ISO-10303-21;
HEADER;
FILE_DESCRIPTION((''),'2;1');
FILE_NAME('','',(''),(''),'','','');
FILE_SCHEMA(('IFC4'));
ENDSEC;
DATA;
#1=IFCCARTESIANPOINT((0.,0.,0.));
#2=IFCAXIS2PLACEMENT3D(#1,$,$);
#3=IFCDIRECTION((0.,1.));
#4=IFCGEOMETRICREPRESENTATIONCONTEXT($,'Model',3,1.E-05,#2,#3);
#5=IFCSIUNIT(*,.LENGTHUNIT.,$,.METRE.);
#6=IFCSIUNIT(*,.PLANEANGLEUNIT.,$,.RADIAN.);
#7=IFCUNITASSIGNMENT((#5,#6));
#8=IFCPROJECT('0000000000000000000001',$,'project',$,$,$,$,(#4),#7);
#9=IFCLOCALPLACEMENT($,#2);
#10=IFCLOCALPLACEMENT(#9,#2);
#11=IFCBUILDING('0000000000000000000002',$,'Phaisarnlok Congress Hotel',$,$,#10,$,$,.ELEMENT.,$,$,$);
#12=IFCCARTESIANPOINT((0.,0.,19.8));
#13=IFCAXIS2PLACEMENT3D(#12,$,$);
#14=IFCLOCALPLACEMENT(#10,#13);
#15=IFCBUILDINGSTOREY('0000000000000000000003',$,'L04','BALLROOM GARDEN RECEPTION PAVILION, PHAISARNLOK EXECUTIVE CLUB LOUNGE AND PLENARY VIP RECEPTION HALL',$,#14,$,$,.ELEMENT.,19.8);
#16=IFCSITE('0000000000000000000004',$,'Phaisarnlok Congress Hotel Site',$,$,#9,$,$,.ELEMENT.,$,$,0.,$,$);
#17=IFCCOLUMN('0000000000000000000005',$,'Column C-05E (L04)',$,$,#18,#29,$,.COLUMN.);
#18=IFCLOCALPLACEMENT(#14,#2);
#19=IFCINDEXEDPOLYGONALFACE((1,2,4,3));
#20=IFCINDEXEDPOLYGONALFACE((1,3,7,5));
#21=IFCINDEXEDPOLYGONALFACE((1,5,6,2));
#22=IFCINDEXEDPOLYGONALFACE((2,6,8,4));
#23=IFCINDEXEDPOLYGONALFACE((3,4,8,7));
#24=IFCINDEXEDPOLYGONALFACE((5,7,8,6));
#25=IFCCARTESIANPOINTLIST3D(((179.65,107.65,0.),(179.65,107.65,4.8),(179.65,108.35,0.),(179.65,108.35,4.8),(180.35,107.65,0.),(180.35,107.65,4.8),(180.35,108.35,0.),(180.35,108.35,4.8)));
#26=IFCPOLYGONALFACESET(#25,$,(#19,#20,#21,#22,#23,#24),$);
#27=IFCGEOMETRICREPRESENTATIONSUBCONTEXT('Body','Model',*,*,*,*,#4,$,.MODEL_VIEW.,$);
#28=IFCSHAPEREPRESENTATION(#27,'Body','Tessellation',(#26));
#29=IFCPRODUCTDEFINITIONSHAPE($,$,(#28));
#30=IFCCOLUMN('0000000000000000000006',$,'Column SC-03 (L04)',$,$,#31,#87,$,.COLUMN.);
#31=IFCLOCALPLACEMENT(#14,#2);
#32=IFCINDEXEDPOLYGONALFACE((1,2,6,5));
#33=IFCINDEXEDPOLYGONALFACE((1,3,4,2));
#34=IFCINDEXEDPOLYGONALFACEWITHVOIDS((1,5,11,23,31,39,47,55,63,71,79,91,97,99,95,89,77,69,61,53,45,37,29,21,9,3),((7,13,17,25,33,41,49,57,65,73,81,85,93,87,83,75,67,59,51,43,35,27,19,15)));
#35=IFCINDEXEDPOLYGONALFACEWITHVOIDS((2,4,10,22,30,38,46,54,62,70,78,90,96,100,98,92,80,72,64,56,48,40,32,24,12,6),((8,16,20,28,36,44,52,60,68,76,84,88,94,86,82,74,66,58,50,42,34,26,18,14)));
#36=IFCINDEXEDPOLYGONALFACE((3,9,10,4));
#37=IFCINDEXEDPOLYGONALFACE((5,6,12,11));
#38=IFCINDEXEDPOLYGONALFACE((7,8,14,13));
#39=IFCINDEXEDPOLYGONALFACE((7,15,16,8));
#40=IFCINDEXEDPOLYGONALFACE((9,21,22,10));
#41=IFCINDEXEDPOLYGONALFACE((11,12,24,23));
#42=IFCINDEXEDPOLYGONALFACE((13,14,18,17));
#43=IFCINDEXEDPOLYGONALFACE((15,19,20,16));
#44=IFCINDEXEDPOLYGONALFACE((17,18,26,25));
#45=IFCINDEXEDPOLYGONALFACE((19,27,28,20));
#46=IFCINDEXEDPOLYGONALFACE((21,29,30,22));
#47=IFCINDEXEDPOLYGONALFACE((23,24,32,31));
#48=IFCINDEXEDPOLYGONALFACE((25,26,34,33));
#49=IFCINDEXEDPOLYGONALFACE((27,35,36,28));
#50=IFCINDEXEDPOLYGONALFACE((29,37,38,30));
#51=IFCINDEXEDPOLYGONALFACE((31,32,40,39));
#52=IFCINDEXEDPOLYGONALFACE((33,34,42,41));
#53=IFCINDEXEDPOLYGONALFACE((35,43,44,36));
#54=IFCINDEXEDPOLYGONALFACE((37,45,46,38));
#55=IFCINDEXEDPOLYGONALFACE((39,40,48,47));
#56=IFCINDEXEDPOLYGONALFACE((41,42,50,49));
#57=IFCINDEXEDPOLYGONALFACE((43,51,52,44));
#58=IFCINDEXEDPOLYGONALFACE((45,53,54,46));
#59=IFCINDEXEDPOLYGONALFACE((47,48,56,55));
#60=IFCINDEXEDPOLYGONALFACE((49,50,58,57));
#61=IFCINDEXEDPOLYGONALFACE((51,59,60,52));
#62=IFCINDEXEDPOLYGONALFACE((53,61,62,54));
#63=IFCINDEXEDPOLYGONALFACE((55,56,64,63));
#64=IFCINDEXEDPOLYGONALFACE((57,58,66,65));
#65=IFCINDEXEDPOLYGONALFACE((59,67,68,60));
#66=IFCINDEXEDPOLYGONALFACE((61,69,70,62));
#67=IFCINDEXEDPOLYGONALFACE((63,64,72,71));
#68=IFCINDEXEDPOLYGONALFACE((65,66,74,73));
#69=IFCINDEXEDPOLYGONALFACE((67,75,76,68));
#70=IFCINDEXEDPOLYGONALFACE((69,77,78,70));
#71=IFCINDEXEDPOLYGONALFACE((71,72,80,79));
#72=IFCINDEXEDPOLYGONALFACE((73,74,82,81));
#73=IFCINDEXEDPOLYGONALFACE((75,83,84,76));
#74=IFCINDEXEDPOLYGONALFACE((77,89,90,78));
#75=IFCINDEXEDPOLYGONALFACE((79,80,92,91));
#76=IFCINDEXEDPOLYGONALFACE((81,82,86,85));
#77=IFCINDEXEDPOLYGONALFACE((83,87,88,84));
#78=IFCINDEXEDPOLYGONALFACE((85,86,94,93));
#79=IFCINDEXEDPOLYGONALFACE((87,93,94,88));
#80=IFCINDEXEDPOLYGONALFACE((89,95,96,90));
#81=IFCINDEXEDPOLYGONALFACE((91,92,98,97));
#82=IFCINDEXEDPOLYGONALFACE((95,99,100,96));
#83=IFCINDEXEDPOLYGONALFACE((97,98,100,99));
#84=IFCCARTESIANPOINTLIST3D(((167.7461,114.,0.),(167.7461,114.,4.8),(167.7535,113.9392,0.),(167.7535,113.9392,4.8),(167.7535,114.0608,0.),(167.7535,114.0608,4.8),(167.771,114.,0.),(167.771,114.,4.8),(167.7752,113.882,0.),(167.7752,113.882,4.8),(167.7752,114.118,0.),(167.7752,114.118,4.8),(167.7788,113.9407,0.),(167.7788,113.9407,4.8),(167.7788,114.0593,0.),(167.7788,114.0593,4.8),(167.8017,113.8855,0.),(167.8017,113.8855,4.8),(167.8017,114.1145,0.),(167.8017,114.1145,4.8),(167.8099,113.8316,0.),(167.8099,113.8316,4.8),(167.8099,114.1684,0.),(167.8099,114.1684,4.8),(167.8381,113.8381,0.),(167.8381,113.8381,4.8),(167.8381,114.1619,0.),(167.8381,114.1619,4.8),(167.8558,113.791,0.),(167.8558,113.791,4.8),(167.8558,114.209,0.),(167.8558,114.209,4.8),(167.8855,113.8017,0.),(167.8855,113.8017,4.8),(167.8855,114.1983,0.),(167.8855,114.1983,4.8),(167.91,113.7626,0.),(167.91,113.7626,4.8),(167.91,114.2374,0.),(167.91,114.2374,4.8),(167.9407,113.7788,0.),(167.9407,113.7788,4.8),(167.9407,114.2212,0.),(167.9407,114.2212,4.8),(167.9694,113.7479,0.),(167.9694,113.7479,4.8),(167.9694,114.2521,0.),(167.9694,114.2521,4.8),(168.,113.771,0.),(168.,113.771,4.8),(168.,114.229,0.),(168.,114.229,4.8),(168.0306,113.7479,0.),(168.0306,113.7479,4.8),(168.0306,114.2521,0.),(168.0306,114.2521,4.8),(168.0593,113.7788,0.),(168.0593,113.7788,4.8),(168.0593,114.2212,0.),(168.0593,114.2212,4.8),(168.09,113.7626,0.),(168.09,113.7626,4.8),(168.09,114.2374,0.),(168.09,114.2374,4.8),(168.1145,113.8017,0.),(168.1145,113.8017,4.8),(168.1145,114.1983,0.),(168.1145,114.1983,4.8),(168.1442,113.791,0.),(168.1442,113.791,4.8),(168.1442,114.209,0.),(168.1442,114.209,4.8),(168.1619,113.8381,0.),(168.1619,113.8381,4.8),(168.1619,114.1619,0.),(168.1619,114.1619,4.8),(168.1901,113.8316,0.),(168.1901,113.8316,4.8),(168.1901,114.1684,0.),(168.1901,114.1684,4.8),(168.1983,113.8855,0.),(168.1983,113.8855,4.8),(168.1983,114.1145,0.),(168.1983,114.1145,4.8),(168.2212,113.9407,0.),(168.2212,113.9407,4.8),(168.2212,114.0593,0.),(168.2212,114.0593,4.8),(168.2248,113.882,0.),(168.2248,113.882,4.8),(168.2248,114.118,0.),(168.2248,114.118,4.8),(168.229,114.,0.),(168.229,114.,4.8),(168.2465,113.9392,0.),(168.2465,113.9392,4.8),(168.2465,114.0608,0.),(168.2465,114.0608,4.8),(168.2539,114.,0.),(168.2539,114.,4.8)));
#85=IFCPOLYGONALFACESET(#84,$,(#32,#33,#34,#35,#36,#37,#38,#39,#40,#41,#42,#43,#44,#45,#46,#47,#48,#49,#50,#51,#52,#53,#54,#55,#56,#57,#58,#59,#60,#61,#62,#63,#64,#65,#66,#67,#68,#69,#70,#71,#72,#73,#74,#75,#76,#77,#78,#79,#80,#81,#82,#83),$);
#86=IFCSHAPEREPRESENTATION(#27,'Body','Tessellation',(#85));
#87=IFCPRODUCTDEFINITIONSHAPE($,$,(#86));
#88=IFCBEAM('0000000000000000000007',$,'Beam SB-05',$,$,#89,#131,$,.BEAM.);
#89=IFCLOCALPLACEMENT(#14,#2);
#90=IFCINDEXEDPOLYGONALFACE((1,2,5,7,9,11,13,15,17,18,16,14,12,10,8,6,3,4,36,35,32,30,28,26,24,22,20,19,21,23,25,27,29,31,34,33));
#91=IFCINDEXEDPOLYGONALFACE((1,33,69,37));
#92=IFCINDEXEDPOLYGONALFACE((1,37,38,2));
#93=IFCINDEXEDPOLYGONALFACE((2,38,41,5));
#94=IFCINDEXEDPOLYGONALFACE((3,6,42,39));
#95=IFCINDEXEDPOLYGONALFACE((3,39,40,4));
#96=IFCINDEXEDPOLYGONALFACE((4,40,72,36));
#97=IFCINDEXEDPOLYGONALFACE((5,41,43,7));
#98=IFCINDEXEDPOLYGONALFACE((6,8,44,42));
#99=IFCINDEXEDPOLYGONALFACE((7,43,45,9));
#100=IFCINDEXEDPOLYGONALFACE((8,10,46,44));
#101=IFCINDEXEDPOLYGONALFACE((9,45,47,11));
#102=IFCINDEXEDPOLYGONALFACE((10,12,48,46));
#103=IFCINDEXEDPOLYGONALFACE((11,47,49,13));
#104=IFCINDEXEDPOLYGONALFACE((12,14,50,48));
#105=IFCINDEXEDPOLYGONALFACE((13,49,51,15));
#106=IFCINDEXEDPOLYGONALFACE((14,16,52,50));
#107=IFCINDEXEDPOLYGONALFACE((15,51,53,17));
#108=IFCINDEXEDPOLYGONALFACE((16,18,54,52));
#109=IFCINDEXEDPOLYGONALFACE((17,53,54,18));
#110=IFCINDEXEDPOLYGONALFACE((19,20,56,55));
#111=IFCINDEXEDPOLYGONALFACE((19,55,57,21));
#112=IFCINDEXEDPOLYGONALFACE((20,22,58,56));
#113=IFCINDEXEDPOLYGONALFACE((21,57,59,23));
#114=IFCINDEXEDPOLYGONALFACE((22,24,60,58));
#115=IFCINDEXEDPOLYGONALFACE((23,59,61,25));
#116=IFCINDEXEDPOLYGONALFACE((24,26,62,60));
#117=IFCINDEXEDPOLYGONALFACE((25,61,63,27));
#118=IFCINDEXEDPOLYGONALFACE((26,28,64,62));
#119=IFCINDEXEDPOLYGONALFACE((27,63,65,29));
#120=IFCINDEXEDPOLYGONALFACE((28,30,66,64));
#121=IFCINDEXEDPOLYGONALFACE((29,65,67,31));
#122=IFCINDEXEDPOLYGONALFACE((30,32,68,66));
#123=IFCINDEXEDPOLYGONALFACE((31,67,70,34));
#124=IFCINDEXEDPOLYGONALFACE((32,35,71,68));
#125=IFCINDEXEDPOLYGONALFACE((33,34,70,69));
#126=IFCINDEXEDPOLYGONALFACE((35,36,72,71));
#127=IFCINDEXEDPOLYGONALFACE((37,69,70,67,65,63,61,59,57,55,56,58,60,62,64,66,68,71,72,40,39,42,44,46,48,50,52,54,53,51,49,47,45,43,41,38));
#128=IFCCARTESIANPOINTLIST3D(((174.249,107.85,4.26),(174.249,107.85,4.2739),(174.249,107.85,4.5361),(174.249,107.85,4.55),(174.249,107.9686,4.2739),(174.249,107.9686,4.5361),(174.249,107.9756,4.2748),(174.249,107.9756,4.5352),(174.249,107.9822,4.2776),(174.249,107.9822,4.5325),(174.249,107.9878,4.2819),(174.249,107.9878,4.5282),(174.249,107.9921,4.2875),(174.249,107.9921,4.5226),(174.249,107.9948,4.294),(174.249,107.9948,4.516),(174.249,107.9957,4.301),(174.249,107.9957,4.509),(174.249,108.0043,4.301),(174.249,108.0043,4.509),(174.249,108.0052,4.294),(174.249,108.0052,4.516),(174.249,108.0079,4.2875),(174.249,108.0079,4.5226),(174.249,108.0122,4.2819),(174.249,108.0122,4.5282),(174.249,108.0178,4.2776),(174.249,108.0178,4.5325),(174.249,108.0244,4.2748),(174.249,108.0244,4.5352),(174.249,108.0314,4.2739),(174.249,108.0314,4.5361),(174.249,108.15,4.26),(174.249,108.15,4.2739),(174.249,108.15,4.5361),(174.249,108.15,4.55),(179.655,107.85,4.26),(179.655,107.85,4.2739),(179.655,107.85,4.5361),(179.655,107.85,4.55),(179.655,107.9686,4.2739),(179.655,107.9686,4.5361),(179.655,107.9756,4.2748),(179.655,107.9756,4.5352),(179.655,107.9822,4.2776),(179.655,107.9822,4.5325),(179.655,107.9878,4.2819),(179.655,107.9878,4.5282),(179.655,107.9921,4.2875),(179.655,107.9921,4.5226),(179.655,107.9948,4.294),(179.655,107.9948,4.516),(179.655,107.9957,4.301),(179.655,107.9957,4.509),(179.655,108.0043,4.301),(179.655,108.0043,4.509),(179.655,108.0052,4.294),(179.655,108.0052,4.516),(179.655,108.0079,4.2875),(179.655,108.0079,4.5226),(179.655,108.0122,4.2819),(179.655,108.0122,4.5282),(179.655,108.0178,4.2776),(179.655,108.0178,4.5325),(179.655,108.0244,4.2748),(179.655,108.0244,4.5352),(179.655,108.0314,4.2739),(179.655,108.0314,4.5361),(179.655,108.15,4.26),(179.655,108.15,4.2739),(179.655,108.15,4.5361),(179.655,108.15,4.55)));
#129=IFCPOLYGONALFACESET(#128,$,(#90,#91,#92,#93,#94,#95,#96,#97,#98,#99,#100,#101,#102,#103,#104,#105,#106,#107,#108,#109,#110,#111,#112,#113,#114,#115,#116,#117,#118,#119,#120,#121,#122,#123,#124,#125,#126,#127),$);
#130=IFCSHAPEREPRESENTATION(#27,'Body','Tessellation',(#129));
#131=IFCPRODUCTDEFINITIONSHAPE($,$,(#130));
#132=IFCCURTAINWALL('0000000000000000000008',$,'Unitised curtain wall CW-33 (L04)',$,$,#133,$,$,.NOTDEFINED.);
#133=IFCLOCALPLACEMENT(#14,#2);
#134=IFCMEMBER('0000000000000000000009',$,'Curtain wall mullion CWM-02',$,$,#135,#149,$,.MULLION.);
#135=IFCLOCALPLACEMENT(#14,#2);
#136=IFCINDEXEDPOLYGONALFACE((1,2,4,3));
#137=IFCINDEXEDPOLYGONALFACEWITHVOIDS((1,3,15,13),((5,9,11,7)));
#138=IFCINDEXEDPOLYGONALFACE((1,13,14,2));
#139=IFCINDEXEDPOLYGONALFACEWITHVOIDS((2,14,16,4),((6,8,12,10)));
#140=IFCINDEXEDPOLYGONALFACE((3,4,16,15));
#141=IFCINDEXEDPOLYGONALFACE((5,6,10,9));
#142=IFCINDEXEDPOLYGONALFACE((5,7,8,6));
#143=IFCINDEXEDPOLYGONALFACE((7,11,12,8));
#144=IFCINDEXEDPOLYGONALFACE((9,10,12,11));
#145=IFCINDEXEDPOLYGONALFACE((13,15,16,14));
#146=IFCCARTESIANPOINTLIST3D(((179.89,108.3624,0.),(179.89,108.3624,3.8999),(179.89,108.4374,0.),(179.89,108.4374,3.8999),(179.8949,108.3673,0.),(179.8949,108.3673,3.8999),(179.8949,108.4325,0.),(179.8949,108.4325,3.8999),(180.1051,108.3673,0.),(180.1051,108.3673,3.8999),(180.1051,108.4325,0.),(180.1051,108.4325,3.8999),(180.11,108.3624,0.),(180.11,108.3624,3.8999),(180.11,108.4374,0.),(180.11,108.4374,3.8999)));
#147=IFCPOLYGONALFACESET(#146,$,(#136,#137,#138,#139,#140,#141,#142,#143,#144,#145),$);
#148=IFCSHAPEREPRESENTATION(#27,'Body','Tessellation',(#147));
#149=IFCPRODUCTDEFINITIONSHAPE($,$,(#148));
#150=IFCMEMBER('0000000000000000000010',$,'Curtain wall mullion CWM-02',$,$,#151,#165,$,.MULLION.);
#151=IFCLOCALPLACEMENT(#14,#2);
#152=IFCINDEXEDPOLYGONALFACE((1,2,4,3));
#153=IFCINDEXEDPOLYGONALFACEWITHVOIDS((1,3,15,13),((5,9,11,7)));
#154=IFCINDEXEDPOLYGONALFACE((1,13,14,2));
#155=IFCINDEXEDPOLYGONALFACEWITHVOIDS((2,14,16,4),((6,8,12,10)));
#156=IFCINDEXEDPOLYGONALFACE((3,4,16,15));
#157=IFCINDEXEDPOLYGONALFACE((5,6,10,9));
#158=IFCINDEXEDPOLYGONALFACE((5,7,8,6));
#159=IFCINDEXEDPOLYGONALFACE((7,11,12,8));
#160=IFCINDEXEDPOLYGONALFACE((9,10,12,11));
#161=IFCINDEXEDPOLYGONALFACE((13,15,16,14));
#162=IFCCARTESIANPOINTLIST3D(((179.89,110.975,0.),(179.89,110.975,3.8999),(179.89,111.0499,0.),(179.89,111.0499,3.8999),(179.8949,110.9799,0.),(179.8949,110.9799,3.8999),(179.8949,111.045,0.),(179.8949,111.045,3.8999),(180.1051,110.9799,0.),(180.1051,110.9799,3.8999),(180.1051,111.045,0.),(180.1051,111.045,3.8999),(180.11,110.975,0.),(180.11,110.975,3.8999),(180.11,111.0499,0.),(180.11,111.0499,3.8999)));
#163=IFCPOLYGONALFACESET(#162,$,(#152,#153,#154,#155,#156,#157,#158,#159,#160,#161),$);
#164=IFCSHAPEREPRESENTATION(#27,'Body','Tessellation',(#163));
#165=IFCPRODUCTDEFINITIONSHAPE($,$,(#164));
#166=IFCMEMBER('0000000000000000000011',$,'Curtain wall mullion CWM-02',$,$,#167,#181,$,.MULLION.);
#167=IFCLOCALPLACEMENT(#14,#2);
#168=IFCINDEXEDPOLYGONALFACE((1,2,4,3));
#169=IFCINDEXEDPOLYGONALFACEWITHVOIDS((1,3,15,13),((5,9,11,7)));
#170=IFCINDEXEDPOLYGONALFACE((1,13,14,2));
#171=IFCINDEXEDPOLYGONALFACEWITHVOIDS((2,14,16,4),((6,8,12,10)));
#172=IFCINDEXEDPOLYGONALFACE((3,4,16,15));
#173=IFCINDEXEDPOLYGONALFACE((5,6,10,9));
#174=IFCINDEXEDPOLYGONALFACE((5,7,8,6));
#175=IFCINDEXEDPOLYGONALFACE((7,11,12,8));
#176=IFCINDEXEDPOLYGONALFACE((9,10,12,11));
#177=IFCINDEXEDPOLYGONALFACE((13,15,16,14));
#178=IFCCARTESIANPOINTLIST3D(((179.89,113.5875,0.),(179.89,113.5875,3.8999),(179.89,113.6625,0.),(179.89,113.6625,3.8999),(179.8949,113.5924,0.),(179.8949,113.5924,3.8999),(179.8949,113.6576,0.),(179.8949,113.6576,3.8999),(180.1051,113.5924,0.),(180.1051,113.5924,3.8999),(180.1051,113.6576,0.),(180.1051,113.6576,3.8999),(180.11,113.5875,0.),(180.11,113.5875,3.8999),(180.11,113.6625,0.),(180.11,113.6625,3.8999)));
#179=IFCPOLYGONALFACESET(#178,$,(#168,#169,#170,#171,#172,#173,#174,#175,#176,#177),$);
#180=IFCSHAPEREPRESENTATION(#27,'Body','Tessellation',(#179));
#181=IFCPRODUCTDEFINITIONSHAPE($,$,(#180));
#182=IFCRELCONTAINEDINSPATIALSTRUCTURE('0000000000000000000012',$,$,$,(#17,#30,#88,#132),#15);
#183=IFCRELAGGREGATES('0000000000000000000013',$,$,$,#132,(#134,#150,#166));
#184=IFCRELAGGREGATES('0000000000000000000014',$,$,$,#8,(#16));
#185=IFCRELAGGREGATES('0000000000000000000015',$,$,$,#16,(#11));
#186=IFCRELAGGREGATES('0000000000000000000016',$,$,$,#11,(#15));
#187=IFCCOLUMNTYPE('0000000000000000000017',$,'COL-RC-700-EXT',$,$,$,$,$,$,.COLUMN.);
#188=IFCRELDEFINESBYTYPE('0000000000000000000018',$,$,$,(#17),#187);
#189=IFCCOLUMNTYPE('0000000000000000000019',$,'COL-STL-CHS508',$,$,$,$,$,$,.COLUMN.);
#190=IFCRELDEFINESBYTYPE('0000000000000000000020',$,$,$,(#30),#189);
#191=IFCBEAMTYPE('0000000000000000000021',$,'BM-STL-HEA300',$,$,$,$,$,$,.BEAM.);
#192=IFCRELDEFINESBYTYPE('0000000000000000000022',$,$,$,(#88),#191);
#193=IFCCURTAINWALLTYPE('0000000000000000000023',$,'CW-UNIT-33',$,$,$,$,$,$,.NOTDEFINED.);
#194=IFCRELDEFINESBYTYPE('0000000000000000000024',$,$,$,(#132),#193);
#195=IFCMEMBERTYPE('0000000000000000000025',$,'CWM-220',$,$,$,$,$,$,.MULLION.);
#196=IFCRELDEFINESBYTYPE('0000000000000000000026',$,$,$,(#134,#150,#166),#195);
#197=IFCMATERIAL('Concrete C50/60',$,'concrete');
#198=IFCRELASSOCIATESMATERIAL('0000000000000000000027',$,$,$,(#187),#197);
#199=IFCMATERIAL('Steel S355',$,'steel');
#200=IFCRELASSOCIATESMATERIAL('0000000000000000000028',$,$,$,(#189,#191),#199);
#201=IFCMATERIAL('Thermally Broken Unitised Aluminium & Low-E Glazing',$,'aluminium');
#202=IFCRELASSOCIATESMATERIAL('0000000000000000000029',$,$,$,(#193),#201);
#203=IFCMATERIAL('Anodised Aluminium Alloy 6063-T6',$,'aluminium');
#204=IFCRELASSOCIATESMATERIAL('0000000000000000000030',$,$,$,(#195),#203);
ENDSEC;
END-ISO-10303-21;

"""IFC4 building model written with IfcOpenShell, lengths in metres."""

from ifc_helpers import new_model, si_unit, direction, frame, origin, origin_2d, place, context, subcontext, project, spatial, rectangle, hollow_rectangle, hollow_circle, i_section, extrude, material, material_profile, profile_set, type_object, element, aggregate, save


model = new_model("IFC4")

# Units and contexts
model_context = context("Model", 3, precision=1e-05, world=origin(), true_north=direction((0.0, 1.0)))
body_context = subcontext(model_context, "Body", "Model", "MODEL_VIEW")
ifc_project = project(units=[si_unit("LENGTHUNIT", "METRE"), si_unit("PLANEANGLEUNIT", "RADIAN")], contexts=[model_context])

# Site, building, storey
site_placement = place(None, origin())
site = spatial("IfcSite", under=ifc_project, at=site_placement, Name="Phaisarnlok Congress Hotel Site", CompositionType="ELEMENT", RefElevation=0.0)
building_placement = place(site_placement, origin())
building = spatial("IfcBuilding", under=site, at=building_placement, Name="Phaisarnlok Congress Hotel", CompositionType="ELEMENT")
storey_placement = place(building_placement, frame((0.0, 0.0, 19.8)))
storey = spatial("IfcBuildingStorey", under=building, at=storey_placement, Name="L04", Description="BALLROOM GARDEN RECEPTION PAVILION, PHAISARNLOK EXECUTIVE CLUB LOUNGE AND PLENARY VIP RECEPTION HALL", CompositionType="ELEMENT", Elevation=19.8)

# Columns
ifc_material_1 = material(Name="Concrete C50/60", Category="concrete")
ifc_material_profile_1 = material_profile(ifc_material_1, rectangle(XDim=0.7, YDim=0.7, at=origin_2d()), Name="RC 700x700")
ifc_profile_set_1 = profile_set([ifc_material_profile_1], Name="Concrete C50/60")
column_type_1 = type_object("IfcColumnType", Name="COL-RC-700-EXT", PredefinedType="COLUMN", material=ifc_profile_set_1)
column_1_placement = place(storey_placement, frame((180.0, 108.0, 0.0), z_axis=(0.0, 0.0, 1.0), x_axis=(1.0, 0.0, 0.0)))
element("IfcColumn", 1, at=column_1_placement, inside=storey, type_object=column_type_1, Name="Column C-05E (L04)", PredefinedType="COLUMN", context=body_context, shape_type="SweptSolid", body=[
    extrude(rectangle(XDim=0.7, YDim=0.7, at=origin_2d()), origin(), (0.0, 0.0, 1.0), 4.8),
])
ifc_material_2 = material(Name="Steel S355", Category="steel")
ifc_material_profile_2 = material_profile(ifc_material_2, hollow_circle(Radius=0.2539, WallThickness=0.0249, at=origin_2d()), Name="CHS 508x25")
ifc_profile_set_2 = profile_set([ifc_material_profile_2], Name="Steel S355")
column_type_2 = type_object("IfcColumnType", Name="COL-STL-CHS508", PredefinedType="COLUMN", material=ifc_profile_set_2)
column_2_placement = place(storey_placement, frame((168.0, 114.0, 0.0), z_axis=(0.0, 0.0, 1.0), x_axis=(1.0, 0.0, 0.0)))
element("IfcColumn", 2, at=column_2_placement, inside=storey, type_object=column_type_2, Name="Column SC-03 (L04)", PredefinedType="COLUMN", context=body_context, shape_type="SweptSolid", body=[
    extrude(hollow_circle(Radius=0.2539, WallThickness=0.0249, at=origin_2d()), origin(), (0.0, 0.0, 1.0), 4.8),
])

# Beam
ifc_material_profile_3 = material_profile(ifc_material_2, i_section(OverallWidth=0.3, OverallDepth=0.29, WebThickness=0.0085, FlangeThickness=0.0139, FilletRadius=0.0271, at=origin_2d()), Name="HEA 300")
ifc_profile_set_3 = profile_set([ifc_material_profile_3], Name="Steel S355")
beam_type_1 = type_object("IfcBeamType", Name="BM-STL-HEA300", PredefinedType="BEAM", material=ifc_profile_set_3)
beam_1_placement = place(storey_placement, frame((174.249, 108.0, 4.405), z_axis=(1.0, 0.0, 0.0), x_axis=(0.0, 1.0, 0.0)))
element("IfcBeam", 3, at=beam_1_placement, inside=storey, type_object=beam_type_1, Name="Beam SB-05", PredefinedType="BEAM", context=body_context, shape_type="SweptSolid", body=[
    extrude(i_section(OverallWidth=0.3, OverallDepth=0.29, WebThickness=0.0085, FlangeThickness=0.0139, FilletRadius=0.0271, at=origin_2d()), origin(), (0.0, 0.0, 1.0), 5.406),
])

# Curtain wall, members
ifc_material_3 = material(Name="Thermally Broken Unitised Aluminium & Low-E Glazing", Category="aluminium")
curtain_wall_type = type_object("IfcCurtainWallType", Name="CW-UNIT-33", PredefinedType="NOTDEFINED", material=ifc_material_3)
curtain_wall_placement = place(storey_placement, origin())
curtain_wall = element("IfcCurtainWall", 4, at=curtain_wall_placement, inside=storey, type_object=curtain_wall_type, Name="Unitised curtain wall CW-33 (L04)", PredefinedType="NOTDEFINED")
ifc_material_4 = material(Name="Anodised Aluminium Alloy 6063-T6", Category="aluminium")
ifc_material_profile_4 = material_profile(ifc_material_4, hollow_rectangle(XDim=0.075, YDim=0.22, WallThickness=0.0049, at=origin_2d()), Name="ALU-M 75x220x5")
ifc_profile_set_4 = profile_set([ifc_material_profile_4], Name="Anodised Aluminium Alloy 6063-T6")
member_type_1 = type_object("IfcMemberType", Name="CWM-220", PredefinedType="MULLION", material=ifc_profile_set_4)
member_1_placement = place(storey_placement, frame((180.0, 108.3999, 0.0), z_axis=(0.0, 0.0, 1.0), x_axis=(0.0, 1.0, 0.0)))
member_1 = element("IfcMember", 5, at=member_1_placement, type_object=member_type_1, Name="Curtain wall mullion CWM-02", PredefinedType="MULLION", context=body_context, shape_type="SweptSolid", body=[
    extrude(hollow_rectangle(XDim=0.075, YDim=0.22, WallThickness=0.0049, at=origin_2d()), origin(), (0.0, 0.0, 1.0), 3.8999),
])
member_2_placement = place(storey_placement, frame((180.0, 111.0125, 0.0), z_axis=(0.0, 0.0, 1.0), x_axis=(0.0, 1.0, 0.0)))
member_2 = element("IfcMember", 6, at=member_2_placement, type_object=member_type_1, Name="Curtain wall mullion CWM-02", PredefinedType="MULLION", context=body_context, shape_type="SweptSolid", body=[
    extrude(hollow_rectangle(XDim=0.075, YDim=0.22, WallThickness=0.0049, at=origin_2d()), origin(), (0.0, 0.0, 1.0), 3.8999),
])
member_3_placement = place(storey_placement, frame((180.0, 113.625, 0.0), z_axis=(0.0, 0.0, 1.0), x_axis=(0.0, 1.0, 0.0)))
member_3 = element("IfcMember", 7, at=member_3_placement, type_object=member_type_1, Name="Curtain wall mullion CWM-02", PredefinedType="MULLION", context=body_context, shape_type="SweptSolid", body=[
    extrude(hollow_rectangle(XDim=0.075, YDim=0.22, WallThickness=0.0049, at=origin_2d()), origin(), (0.0, 0.0, 1.0), 3.8999),
])

aggregate(curtain_wall, [member_1, member_2, member_3])

save(model, "model.ifc")
